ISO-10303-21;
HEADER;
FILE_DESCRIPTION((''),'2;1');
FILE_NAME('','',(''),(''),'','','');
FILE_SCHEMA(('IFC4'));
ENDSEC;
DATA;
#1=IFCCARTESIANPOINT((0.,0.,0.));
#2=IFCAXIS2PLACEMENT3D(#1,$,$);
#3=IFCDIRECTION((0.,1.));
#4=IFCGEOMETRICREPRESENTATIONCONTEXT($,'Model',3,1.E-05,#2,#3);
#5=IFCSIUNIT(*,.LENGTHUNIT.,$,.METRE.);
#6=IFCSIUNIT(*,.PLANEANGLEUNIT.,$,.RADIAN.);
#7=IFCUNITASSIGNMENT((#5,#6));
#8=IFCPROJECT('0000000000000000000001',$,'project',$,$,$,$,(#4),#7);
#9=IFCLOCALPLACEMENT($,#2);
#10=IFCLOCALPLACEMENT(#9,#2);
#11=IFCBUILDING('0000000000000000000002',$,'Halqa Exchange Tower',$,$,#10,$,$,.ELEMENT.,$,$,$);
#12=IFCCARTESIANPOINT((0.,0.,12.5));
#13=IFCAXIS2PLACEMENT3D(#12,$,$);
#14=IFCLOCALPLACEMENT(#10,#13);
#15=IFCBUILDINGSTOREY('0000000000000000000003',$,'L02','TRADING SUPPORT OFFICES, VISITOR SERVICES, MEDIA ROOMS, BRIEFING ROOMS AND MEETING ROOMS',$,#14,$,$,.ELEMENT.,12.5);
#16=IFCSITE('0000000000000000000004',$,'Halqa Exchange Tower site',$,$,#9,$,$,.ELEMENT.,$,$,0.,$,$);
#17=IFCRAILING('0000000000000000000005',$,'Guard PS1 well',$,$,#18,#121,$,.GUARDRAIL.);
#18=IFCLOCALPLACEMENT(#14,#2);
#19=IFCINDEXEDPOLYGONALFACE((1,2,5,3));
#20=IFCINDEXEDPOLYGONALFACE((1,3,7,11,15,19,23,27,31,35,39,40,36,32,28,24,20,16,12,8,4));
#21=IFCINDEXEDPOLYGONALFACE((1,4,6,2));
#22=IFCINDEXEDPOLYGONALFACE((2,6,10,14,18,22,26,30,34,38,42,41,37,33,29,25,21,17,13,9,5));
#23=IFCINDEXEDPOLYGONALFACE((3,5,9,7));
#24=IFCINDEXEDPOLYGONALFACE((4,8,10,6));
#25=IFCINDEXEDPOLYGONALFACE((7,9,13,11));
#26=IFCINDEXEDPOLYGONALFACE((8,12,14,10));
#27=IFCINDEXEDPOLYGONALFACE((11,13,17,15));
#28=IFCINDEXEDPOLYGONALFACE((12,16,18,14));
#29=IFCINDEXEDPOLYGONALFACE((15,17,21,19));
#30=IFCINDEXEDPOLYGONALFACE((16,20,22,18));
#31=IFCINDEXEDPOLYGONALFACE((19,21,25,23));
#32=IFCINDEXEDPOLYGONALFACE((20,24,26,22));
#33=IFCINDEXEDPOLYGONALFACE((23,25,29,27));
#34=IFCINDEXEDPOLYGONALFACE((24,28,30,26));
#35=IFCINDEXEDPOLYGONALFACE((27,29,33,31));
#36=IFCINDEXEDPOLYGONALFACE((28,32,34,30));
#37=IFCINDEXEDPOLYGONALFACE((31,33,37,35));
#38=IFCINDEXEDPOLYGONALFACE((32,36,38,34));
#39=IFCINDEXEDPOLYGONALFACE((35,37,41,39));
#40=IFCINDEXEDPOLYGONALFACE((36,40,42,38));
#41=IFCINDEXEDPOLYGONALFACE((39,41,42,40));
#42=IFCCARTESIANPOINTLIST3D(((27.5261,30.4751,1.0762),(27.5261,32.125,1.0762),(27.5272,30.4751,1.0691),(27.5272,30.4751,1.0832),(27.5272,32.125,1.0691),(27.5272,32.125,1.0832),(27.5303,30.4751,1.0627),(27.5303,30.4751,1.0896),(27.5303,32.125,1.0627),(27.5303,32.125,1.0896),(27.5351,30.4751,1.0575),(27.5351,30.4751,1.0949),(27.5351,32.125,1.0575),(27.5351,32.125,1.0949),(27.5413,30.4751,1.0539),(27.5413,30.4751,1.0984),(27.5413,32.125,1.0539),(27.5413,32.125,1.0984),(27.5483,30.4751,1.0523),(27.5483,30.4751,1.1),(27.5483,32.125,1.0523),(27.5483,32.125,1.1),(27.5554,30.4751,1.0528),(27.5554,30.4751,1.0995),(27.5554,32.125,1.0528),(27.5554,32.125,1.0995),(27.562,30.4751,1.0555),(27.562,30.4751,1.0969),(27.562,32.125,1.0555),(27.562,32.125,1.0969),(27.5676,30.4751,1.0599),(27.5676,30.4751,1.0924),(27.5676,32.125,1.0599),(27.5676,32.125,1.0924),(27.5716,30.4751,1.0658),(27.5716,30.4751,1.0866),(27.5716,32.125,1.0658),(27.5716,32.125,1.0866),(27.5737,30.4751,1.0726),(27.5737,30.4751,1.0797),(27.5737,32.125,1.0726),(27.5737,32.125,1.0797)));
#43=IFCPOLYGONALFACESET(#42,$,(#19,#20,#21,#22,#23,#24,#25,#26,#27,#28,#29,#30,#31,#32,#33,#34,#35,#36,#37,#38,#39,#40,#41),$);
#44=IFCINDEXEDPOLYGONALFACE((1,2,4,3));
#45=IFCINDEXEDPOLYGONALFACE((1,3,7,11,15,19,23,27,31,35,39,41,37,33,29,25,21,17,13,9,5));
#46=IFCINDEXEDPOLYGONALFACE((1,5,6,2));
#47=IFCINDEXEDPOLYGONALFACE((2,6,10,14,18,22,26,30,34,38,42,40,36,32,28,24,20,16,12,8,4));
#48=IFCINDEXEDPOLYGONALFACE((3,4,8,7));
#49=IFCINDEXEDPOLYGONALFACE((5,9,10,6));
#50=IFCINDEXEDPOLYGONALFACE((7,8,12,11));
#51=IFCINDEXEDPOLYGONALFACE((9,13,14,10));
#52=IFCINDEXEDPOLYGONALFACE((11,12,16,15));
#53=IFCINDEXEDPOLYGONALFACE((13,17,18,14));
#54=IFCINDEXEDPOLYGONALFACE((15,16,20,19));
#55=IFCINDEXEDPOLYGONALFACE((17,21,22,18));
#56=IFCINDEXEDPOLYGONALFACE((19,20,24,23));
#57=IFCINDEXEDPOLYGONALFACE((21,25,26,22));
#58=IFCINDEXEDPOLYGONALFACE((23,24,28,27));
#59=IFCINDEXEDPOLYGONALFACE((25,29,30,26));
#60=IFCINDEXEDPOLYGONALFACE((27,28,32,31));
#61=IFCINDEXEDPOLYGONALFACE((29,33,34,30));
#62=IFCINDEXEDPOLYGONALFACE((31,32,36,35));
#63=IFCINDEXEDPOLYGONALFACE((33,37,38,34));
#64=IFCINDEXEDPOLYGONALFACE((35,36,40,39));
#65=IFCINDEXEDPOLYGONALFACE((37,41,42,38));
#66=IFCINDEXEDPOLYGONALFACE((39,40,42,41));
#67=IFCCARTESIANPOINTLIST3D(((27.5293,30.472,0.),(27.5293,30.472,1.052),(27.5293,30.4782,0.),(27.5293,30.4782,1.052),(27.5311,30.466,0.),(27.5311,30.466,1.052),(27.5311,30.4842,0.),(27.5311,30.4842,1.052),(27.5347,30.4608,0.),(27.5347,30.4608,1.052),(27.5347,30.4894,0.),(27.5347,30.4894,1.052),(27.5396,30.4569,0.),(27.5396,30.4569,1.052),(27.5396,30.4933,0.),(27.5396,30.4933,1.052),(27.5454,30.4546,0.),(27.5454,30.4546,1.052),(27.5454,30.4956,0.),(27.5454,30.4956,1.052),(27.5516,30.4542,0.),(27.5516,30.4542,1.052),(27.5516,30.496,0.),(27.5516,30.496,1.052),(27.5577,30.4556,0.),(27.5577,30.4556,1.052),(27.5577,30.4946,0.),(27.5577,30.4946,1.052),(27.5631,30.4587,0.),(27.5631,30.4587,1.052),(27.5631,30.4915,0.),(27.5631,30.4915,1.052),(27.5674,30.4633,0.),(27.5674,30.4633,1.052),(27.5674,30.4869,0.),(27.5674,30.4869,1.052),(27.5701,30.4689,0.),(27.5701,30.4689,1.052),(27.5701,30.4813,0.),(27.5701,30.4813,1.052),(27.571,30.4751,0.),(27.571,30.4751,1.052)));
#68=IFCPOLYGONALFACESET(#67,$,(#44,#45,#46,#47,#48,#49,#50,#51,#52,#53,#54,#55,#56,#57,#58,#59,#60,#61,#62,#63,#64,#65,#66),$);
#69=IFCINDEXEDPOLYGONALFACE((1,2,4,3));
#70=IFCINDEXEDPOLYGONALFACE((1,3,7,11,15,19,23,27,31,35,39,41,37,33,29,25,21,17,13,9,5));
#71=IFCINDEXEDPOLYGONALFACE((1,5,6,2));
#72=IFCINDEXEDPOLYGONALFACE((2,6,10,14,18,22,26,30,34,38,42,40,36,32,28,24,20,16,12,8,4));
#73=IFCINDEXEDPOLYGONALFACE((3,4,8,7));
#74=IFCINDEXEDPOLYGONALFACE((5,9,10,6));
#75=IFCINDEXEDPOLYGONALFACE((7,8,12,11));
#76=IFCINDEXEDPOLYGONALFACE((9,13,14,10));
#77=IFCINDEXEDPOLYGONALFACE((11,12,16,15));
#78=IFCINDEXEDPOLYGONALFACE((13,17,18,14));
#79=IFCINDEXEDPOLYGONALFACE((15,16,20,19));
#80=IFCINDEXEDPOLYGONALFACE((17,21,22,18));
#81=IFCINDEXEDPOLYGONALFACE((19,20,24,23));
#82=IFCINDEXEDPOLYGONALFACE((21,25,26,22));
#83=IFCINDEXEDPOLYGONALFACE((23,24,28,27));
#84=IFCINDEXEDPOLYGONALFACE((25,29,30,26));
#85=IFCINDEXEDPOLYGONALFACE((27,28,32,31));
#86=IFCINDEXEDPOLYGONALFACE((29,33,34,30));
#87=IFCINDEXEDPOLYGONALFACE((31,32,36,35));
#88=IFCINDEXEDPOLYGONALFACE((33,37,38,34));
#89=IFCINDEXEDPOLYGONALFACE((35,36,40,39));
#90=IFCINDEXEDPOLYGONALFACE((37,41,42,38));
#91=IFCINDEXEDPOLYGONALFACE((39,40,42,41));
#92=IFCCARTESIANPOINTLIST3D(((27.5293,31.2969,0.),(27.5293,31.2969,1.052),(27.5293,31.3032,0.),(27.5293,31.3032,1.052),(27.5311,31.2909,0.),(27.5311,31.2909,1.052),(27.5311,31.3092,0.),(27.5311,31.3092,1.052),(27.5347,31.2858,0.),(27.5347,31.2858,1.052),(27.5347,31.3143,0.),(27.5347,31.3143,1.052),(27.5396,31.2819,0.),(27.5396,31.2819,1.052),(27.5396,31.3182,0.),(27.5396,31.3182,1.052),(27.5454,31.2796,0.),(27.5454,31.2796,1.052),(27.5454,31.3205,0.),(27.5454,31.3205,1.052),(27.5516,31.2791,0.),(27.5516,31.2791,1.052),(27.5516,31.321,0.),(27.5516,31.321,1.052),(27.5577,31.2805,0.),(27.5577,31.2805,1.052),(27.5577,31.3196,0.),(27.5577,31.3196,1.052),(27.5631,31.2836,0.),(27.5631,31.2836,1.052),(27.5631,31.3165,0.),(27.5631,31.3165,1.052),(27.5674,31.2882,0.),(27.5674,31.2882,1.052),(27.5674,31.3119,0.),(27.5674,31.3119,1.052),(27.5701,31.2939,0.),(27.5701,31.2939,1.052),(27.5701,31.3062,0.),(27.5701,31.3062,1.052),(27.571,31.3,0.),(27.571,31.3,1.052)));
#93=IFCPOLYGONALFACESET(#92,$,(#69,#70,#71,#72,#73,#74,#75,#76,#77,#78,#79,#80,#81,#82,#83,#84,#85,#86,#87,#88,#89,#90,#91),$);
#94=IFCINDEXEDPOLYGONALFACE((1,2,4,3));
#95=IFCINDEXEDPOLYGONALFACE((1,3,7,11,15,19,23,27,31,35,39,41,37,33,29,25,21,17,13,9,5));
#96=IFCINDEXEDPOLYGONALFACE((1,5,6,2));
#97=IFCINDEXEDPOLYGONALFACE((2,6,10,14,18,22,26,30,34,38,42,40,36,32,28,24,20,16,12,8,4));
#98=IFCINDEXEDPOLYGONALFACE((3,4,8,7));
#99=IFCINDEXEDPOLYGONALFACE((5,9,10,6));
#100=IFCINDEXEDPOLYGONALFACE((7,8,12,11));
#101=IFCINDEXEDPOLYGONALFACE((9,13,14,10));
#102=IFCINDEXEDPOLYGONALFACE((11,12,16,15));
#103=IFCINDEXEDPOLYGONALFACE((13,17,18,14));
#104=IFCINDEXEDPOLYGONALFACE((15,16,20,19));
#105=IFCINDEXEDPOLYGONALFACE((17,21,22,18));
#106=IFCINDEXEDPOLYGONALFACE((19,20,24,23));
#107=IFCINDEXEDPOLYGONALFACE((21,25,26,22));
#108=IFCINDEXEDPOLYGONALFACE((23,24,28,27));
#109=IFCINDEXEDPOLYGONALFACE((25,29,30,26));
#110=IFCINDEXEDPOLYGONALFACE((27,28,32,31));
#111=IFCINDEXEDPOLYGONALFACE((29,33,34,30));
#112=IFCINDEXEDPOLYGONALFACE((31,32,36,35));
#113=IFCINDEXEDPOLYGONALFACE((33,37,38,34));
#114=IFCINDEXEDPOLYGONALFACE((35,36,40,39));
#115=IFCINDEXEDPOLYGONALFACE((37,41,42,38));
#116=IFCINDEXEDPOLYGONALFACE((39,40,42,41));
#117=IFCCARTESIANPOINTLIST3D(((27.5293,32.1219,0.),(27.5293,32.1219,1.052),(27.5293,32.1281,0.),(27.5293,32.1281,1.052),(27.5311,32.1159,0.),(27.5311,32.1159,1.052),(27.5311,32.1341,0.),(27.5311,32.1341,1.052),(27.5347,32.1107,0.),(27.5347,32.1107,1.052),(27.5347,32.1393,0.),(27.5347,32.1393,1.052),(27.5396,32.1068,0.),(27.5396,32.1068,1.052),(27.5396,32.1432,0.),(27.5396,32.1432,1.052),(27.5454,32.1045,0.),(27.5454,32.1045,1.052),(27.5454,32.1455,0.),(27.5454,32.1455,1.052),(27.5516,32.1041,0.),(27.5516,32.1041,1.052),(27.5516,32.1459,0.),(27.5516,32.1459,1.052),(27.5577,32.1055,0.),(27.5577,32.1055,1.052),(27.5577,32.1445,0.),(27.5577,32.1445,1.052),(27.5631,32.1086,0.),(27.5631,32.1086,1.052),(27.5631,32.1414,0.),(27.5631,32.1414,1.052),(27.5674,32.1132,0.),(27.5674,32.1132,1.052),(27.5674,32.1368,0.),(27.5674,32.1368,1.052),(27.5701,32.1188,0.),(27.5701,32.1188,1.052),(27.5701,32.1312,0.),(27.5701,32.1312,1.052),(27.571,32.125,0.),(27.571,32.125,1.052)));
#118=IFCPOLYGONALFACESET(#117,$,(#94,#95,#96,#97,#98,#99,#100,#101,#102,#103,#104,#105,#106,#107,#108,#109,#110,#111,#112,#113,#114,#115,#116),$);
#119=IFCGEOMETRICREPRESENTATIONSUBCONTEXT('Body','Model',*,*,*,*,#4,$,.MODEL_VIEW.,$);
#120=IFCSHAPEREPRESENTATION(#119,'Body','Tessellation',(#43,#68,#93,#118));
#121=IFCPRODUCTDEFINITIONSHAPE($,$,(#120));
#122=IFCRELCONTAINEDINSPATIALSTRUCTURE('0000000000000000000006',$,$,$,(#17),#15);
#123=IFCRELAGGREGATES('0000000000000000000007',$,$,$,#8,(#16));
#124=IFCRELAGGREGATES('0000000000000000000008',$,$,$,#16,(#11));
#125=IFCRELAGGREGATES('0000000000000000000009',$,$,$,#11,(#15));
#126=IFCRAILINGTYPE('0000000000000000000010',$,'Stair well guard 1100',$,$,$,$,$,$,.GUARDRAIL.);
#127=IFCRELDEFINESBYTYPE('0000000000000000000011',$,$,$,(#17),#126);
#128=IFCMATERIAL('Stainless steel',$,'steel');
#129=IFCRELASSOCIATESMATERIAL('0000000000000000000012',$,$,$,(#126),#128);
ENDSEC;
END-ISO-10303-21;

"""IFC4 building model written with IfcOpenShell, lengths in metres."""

from ifc_helpers import new_model, si_unit, direction, frame, origin, origin_2d, place, context, subcontext, project, spatial, circle, extrude, material, type_object, element, save


model = new_model("IFC4")

# Units and contexts
model_context = context("Model", 3, precision=1e-05, world=origin(), true_north=direction((0.0, 1.0)))
body_context = subcontext(model_context, "Body", "Model", "MODEL_VIEW")
ifc_project = project(units=[si_unit("LENGTHUNIT", "METRE"), si_unit("PLANEANGLEUNIT", "RADIAN")], contexts=[model_context])

# Site, building, storey
site_placement = place(None, origin())
site = spatial("IfcSite", under=ifc_project, at=site_placement, Name="Halqa Exchange Tower site", CompositionType="ELEMENT", RefElevation=0.0)
building_placement = place(site_placement, origin())
building = spatial("IfcBuilding", under=site, at=building_placement, Name="Halqa Exchange Tower", CompositionType="ELEMENT")
storey_placement = place(building_placement, frame((0.0, 0.0, 12.5)))
storey = spatial("IfcBuildingStorey", under=building, at=storey_placement, Name="L02", Description="TRADING SUPPORT OFFICES, VISITOR SERVICES, MEDIA ROOMS, BRIEFING ROOMS AND MEETING ROOMS", CompositionType="ELEMENT", Elevation=12.5)

# Railing
ifc_material_1 = material(Name="Stainless steel", Category="steel")
railing_type_1 = type_object("IfcRailingType", Name="Stair well guard 1100", PredefinedType="GUARDRAIL", material=ifc_material_1)
railing_placement = place(storey_placement, frame((27.55, 30.4751, 0.0)))
element("IfcRailing", 1, at=railing_placement, inside=storey, type_object=railing_type_1, Name="Guard PS1 well", PredefinedType="GUARDRAIL", context=body_context, shape_type="SweptSolid", body=[
    extrude(circle(Radius=0.0239, at=origin_2d()), frame((0.0, 0.0, 1.0762), z_axis=(0.0, 1.0, 0.0), x_axis=(-1.0, 0.0, 0.0)), (0.0, 0.0, 1.0), 1.6499),
    extrude(circle(Radius=0.021, at=origin_2d()), origin(), (0.0, 0.0, 1.0), 1.052),
    extrude(circle(Radius=0.021, at=origin_2d()), frame((0.0, 0.825, 0.0)), (0.0, 0.0, 1.0), 1.052),
    extrude(circle(Radius=0.021, at=origin_2d()), frame((0.0, 1.6499, 0.0)), (0.0, 0.0, 1.0), 1.052),
])

save(model, "model.ifc")
